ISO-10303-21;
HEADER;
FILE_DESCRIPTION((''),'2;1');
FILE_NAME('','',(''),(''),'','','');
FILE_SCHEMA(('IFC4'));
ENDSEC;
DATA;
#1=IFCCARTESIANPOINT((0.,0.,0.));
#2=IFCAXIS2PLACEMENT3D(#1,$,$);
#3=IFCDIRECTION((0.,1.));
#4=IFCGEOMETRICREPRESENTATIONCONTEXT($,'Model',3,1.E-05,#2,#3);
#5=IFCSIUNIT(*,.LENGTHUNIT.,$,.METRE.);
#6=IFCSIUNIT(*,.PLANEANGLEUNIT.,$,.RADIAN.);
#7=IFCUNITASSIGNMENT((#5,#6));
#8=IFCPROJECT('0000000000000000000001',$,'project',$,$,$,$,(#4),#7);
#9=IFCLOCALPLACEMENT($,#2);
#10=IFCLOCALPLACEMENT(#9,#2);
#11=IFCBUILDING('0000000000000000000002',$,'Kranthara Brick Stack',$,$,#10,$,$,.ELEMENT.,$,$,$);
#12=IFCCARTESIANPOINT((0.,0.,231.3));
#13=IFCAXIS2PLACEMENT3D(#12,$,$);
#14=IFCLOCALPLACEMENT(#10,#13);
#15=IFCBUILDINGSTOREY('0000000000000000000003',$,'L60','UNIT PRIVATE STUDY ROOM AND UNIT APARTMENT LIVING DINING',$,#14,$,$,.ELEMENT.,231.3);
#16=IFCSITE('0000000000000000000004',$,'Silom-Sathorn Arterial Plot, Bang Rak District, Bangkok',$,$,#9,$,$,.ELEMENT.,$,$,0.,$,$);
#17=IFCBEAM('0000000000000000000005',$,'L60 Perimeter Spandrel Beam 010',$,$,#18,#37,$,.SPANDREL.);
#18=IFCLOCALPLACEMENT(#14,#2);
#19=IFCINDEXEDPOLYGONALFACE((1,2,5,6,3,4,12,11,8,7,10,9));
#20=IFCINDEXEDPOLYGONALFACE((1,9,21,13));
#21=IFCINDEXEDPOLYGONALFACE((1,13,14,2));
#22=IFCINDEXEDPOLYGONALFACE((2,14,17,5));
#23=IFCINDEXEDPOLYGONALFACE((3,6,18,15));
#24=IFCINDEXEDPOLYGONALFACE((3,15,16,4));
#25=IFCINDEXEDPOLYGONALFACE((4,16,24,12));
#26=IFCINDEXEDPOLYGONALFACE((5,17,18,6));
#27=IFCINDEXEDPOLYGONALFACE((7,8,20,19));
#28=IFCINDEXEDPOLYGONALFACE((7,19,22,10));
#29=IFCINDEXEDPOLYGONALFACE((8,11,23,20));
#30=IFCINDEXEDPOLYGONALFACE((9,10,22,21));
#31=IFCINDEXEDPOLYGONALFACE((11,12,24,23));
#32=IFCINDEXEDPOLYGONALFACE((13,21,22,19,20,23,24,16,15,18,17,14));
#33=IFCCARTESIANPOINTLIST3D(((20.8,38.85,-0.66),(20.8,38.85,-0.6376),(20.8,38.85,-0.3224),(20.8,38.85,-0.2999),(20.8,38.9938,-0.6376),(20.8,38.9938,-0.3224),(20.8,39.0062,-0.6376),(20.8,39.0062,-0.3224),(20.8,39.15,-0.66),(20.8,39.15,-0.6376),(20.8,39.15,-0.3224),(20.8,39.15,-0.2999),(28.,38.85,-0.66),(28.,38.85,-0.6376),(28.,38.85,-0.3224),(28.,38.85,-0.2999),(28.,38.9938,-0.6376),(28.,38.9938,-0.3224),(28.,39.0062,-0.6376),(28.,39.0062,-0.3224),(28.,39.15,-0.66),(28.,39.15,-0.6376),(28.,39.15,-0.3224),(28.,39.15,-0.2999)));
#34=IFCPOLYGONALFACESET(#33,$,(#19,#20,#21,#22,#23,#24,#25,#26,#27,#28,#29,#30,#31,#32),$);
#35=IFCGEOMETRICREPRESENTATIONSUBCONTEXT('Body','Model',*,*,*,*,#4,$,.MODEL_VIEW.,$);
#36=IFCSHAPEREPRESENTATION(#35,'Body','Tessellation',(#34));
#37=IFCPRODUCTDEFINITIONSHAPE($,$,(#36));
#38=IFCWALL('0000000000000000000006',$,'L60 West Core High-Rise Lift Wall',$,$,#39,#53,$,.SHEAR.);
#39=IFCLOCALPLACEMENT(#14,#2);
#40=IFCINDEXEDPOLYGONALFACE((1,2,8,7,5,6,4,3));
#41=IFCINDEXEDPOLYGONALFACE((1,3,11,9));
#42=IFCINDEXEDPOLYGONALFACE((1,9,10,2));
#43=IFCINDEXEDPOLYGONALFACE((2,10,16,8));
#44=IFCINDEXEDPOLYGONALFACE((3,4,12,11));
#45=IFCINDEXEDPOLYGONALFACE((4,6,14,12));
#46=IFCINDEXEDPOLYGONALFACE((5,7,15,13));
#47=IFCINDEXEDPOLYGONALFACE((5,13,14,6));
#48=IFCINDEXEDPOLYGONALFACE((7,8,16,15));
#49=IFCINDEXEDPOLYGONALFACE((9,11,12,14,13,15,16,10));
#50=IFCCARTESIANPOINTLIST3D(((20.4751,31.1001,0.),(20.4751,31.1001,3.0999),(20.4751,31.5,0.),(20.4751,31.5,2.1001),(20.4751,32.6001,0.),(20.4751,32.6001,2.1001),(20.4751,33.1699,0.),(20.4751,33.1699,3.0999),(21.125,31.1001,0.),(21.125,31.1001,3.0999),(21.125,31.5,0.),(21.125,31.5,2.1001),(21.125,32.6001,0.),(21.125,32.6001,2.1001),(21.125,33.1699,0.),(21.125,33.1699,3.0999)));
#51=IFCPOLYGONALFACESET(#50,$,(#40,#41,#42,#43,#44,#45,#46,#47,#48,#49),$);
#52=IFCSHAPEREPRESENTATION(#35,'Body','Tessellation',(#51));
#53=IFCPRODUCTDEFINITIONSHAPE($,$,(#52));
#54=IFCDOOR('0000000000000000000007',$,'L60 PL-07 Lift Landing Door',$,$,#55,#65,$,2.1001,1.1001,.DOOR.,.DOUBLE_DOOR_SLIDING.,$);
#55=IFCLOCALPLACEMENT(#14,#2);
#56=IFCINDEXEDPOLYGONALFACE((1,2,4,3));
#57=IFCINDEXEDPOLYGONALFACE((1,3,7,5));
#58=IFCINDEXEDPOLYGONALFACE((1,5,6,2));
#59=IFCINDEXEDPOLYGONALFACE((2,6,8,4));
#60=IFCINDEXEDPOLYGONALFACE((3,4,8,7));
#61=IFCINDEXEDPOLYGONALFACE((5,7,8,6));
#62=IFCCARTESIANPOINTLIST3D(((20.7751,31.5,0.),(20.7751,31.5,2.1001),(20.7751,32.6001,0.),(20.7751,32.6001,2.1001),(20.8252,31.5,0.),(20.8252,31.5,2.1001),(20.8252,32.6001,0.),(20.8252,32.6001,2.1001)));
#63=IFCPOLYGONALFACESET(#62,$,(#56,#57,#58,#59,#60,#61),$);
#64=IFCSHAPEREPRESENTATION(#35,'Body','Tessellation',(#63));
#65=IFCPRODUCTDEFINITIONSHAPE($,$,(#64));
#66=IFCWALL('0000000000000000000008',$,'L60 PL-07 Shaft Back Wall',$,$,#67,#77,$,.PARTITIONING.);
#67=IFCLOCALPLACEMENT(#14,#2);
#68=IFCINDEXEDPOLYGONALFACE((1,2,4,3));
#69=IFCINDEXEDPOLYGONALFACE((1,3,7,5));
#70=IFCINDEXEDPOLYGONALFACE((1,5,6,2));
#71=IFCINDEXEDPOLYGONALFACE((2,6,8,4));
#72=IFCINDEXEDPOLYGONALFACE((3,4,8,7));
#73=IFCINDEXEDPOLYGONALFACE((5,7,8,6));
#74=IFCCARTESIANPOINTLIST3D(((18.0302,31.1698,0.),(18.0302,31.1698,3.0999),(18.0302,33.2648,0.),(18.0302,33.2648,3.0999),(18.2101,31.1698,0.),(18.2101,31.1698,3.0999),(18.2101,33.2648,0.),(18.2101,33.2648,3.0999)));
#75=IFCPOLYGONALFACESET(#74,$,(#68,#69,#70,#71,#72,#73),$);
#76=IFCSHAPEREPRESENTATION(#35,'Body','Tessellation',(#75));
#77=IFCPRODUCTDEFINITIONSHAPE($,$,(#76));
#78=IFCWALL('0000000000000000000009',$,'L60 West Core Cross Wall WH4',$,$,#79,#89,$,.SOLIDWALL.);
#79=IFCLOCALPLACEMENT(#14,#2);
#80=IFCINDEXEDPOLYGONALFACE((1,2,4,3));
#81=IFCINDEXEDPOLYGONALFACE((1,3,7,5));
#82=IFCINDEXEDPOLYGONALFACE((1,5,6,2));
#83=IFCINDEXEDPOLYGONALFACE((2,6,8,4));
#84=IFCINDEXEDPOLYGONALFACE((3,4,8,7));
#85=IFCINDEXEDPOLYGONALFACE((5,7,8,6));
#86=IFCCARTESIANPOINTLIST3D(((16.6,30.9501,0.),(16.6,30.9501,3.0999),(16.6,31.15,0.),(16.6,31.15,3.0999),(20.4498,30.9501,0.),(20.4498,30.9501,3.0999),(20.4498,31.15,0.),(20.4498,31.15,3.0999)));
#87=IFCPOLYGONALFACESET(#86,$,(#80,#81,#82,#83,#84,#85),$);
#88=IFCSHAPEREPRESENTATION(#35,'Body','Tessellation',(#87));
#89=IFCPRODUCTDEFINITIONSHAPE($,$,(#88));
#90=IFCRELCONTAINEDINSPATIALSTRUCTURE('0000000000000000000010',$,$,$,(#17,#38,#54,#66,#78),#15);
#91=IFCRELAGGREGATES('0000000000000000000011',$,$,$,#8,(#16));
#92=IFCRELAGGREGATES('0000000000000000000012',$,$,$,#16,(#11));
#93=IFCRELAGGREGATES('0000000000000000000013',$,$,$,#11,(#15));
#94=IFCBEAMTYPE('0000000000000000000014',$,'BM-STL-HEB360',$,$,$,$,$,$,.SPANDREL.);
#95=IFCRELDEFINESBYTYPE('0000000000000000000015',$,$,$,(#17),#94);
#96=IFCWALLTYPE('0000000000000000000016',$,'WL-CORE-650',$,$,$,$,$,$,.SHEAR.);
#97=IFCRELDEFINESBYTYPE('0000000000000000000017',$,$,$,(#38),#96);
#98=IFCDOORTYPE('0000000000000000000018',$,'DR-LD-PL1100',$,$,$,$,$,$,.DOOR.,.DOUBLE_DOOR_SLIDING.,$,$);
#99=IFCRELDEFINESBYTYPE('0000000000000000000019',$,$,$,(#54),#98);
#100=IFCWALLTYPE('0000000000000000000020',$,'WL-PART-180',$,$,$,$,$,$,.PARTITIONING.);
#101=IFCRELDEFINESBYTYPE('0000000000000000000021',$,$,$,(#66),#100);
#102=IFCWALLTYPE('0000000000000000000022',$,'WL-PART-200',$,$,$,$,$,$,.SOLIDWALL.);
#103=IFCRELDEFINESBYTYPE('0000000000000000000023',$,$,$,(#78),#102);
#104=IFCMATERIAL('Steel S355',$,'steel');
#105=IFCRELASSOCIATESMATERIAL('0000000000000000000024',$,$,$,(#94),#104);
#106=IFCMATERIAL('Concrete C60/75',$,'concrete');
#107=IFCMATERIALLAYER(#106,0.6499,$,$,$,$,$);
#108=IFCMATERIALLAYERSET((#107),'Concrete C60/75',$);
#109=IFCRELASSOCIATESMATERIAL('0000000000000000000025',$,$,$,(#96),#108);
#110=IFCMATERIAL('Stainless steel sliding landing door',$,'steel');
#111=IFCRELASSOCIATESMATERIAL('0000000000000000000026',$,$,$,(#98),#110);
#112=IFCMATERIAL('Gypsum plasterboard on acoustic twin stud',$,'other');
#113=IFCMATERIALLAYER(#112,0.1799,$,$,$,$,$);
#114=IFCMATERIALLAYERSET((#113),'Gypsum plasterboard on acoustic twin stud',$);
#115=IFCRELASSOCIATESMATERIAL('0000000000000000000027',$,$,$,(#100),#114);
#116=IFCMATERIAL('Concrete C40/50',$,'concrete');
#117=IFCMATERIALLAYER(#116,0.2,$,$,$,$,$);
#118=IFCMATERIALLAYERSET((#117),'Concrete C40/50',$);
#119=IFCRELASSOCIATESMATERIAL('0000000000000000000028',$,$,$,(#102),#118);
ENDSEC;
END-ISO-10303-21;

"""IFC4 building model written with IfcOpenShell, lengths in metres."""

from ifc_helpers import new_model, si_unit, direction, frame, frame_2d, origin, origin_2d, place, context, subcontext, project, spatial, rectangle, i_section, extrude, material, layer, layer_set, material_profile, profile_set, type_object, element, fill, save


model = new_model("IFC4")

# Units and contexts
model_context = context("Model", 3, precision=1e-05, world=origin(), true_north=direction((0.0, 1.0)))
body_context = subcontext(model_context, "Body", "Model", "MODEL_VIEW")
ifc_project = project(units=[si_unit("LENGTHUNIT", "METRE"), si_unit("PLANEANGLEUNIT", "RADIAN")], contexts=[model_context])

# Site, building, storey
site_placement = place(None, origin())
site = spatial("IfcSite", under=ifc_project, at=site_placement, Name="Silom-Sathorn Arterial Plot, Bang Rak District, Bangkok", CompositionType="ELEMENT", RefElevation=0.0)
building_placement = place(site_placement, origin())
building = spatial("IfcBuilding", under=site, at=building_placement, Name="Kranthara Brick Stack", CompositionType="ELEMENT")
storey_placement = place(building_placement, frame((0.0, 0.0, 231.3)))
storey = spatial("IfcBuildingStorey", under=building, at=storey_placement, Name="L60", Description="UNIT PRIVATE STUDY ROOM AND UNIT APARTMENT LIVING DINING", CompositionType="ELEMENT", Elevation=231.3)

# Beam
ifc_material_1 = material(Name="Steel S355", Category="steel")
ifc_material_profile_1 = material_profile(ifc_material_1, i_section(OverallWidth=0.3, OverallDepth=0.3601, WebThickness=0.0125, FlangeThickness=0.0225, at=origin_2d()), Name="HEB 360")
ifc_profile_set_1 = profile_set([ifc_material_profile_1], Name="Steel S355")
beam_type_1 = type_object("IfcBeamType", Name="BM-STL-HEB360", PredefinedType="SPANDREL", material=ifc_profile_set_1)
beam_1_placement = place(storey_placement, frame((20.8, 39.0, -0.48), z_axis=(1.0, 0.0, 0.0), x_axis=(0.0, 1.0, 0.0)))
element("IfcBeam", 1, at=beam_1_placement, inside=storey, type_object=beam_type_1, Name="L60 Perimeter Spandrel Beam 010", PredefinedType="SPANDREL", context=body_context, shape_type="SweptSolid", body=[
    extrude(i_section(OverallWidth=0.3, OverallDepth=0.3601, WebThickness=0.0125, FlangeThickness=0.0225, at=origin_2d()), origin(), (0.0, 0.0, 1.0), 7.2),
])

# Wall, opening, door
ifc_material_2 = material(Name="Concrete C60/75", Category="concrete")
ifc_layer_1 = layer(ifc_material_2, 0.6499)
ifc_layer_set_1 = layer_set([ifc_layer_1], Name="Concrete C60/75")
wall_type_1 = type_object("IfcWallType", Name="WL-CORE-650", PredefinedType="SHEAR", material=ifc_layer_set_1)
wall_1_placement = place(storey_placement, frame((20.8, 31.1001, 0.0), z_axis=(0.0, 0.0, 1.0), x_axis=(0.0, 1.0, 0.0)))
wall_1 = element("IfcWall", 2, at=wall_1_placement, inside=storey, type_object=wall_type_1, Name="L60 West Core High-Rise Lift Wall", PredefinedType="SHEAR", context=body_context, shape_type="SweptSolid", body=[
    extrude(rectangle(XDim=2.0698, YDim=0.6499, at=frame_2d((1.0349, 0.0))), origin(), (0.0, 0.0, 1.0), 3.0999),
])
opening_placement = place(wall_1_placement, frame((0.3999, 0.0, 0.0)))
opening = element("IfcOpeningElement", 3, at=opening_placement, cuts=wall_1, PredefinedType="OPENING", context=body_context, shape_type="SweptSolid", body=[
    extrude(rectangle(XDim=1.1001, YDim=2.1001, at=frame_2d((0.55, 1.05))), frame((0.0, 0.335, 0.0), z_axis=(0.0, -1.0, 0.0), x_axis=(1.0, 0.0, 0.0)), (0.0, 0.0, 1.0), 0.6699),
])
ifc_material_3 = material(Name="Stainless steel sliding landing door", Category="steel")
door_type = type_object("IfcDoorType", Name="DR-LD-PL1100", OperationType="DOUBLE_DOOR_SLIDING", PredefinedType="DOOR", material=ifc_material_3)
door_placement = place(opening_placement, origin())
door = element("IfcDoor", 4, at=door_placement, inside=storey, type_object=door_type, Name="L60 PL-07 Lift Landing Door", OperationType="DOUBLE_DOOR_SLIDING", OverallHeight=2.1001, OverallWidth=1.1001, PredefinedType="DOOR", context=body_context, shape_type="SweptSolid", body=[
    extrude(rectangle(XDim=1.1001, YDim=2.1001, at=frame_2d((0.55, 1.05))), frame((0.0, 0.0249, 0.0), z_axis=(0.0, -1.0, 0.0), x_axis=(1.0, 0.0, 0.0)), (0.0, 0.0, 1.0), 0.05),
])
fill(opening, door)

# Walls
ifc_material_4 = material(Name="Gypsum plasterboard on acoustic twin stud", Category="other")
ifc_layer_2 = layer(ifc_material_4, 0.1799)
ifc_layer_set_2 = layer_set([ifc_layer_2], Name="Gypsum plasterboard on acoustic twin stud")
wall_type_2 = type_object("IfcWallType", Name="WL-PART-180", PredefinedType="PARTITIONING", material=ifc_layer_set_2)
wall_2_placement = place(storey_placement, frame((18.1201, 31.1699, 0.0), z_axis=(0.0, 0.0, 1.0), x_axis=(0.0, 1.0, 0.0)))
element("IfcWall", 5, at=wall_2_placement, inside=storey, type_object=wall_type_2, Name="L60 PL-07 Shaft Back Wall", PredefinedType="PARTITIONING", context=body_context, shape_type="SweptSolid", body=[
    extrude(rectangle(XDim=2.095, YDim=0.1799, at=frame_2d((1.0474, 0.0))), origin(), (0.0, 0.0, 1.0), 3.0999),
])
ifc_material_5 = material(Name="Concrete C40/50", Category="concrete")
ifc_layer_3 = layer(ifc_material_5, 0.2)
ifc_layer_set_3 = layer_set([ifc_layer_3], Name="Concrete C40/50")
wall_type_3 = type_object("IfcWallType", Name="WL-PART-200", PredefinedType="SOLIDWALL", material=ifc_layer_set_3)
wall_3_placement = place(storey_placement, frame((16.6001, 31.05, 0.0), z_axis=(0.0, 0.0, 1.0), x_axis=(1.0, 0.0, 0.0)))
element("IfcWall", 6, at=wall_3_placement, inside=storey, type_object=wall_type_3, Name="L60 West Core Cross Wall WH4", PredefinedType="SOLIDWALL", context=body_context, shape_type="SweptSolid", body=[
    extrude(rectangle(XDim=3.8499, YDim=0.2, at=frame_2d((1.9248, 0.0))), origin(), (0.0, 0.0, 1.0), 3.0999),
])

save(model, "model.ifc")
